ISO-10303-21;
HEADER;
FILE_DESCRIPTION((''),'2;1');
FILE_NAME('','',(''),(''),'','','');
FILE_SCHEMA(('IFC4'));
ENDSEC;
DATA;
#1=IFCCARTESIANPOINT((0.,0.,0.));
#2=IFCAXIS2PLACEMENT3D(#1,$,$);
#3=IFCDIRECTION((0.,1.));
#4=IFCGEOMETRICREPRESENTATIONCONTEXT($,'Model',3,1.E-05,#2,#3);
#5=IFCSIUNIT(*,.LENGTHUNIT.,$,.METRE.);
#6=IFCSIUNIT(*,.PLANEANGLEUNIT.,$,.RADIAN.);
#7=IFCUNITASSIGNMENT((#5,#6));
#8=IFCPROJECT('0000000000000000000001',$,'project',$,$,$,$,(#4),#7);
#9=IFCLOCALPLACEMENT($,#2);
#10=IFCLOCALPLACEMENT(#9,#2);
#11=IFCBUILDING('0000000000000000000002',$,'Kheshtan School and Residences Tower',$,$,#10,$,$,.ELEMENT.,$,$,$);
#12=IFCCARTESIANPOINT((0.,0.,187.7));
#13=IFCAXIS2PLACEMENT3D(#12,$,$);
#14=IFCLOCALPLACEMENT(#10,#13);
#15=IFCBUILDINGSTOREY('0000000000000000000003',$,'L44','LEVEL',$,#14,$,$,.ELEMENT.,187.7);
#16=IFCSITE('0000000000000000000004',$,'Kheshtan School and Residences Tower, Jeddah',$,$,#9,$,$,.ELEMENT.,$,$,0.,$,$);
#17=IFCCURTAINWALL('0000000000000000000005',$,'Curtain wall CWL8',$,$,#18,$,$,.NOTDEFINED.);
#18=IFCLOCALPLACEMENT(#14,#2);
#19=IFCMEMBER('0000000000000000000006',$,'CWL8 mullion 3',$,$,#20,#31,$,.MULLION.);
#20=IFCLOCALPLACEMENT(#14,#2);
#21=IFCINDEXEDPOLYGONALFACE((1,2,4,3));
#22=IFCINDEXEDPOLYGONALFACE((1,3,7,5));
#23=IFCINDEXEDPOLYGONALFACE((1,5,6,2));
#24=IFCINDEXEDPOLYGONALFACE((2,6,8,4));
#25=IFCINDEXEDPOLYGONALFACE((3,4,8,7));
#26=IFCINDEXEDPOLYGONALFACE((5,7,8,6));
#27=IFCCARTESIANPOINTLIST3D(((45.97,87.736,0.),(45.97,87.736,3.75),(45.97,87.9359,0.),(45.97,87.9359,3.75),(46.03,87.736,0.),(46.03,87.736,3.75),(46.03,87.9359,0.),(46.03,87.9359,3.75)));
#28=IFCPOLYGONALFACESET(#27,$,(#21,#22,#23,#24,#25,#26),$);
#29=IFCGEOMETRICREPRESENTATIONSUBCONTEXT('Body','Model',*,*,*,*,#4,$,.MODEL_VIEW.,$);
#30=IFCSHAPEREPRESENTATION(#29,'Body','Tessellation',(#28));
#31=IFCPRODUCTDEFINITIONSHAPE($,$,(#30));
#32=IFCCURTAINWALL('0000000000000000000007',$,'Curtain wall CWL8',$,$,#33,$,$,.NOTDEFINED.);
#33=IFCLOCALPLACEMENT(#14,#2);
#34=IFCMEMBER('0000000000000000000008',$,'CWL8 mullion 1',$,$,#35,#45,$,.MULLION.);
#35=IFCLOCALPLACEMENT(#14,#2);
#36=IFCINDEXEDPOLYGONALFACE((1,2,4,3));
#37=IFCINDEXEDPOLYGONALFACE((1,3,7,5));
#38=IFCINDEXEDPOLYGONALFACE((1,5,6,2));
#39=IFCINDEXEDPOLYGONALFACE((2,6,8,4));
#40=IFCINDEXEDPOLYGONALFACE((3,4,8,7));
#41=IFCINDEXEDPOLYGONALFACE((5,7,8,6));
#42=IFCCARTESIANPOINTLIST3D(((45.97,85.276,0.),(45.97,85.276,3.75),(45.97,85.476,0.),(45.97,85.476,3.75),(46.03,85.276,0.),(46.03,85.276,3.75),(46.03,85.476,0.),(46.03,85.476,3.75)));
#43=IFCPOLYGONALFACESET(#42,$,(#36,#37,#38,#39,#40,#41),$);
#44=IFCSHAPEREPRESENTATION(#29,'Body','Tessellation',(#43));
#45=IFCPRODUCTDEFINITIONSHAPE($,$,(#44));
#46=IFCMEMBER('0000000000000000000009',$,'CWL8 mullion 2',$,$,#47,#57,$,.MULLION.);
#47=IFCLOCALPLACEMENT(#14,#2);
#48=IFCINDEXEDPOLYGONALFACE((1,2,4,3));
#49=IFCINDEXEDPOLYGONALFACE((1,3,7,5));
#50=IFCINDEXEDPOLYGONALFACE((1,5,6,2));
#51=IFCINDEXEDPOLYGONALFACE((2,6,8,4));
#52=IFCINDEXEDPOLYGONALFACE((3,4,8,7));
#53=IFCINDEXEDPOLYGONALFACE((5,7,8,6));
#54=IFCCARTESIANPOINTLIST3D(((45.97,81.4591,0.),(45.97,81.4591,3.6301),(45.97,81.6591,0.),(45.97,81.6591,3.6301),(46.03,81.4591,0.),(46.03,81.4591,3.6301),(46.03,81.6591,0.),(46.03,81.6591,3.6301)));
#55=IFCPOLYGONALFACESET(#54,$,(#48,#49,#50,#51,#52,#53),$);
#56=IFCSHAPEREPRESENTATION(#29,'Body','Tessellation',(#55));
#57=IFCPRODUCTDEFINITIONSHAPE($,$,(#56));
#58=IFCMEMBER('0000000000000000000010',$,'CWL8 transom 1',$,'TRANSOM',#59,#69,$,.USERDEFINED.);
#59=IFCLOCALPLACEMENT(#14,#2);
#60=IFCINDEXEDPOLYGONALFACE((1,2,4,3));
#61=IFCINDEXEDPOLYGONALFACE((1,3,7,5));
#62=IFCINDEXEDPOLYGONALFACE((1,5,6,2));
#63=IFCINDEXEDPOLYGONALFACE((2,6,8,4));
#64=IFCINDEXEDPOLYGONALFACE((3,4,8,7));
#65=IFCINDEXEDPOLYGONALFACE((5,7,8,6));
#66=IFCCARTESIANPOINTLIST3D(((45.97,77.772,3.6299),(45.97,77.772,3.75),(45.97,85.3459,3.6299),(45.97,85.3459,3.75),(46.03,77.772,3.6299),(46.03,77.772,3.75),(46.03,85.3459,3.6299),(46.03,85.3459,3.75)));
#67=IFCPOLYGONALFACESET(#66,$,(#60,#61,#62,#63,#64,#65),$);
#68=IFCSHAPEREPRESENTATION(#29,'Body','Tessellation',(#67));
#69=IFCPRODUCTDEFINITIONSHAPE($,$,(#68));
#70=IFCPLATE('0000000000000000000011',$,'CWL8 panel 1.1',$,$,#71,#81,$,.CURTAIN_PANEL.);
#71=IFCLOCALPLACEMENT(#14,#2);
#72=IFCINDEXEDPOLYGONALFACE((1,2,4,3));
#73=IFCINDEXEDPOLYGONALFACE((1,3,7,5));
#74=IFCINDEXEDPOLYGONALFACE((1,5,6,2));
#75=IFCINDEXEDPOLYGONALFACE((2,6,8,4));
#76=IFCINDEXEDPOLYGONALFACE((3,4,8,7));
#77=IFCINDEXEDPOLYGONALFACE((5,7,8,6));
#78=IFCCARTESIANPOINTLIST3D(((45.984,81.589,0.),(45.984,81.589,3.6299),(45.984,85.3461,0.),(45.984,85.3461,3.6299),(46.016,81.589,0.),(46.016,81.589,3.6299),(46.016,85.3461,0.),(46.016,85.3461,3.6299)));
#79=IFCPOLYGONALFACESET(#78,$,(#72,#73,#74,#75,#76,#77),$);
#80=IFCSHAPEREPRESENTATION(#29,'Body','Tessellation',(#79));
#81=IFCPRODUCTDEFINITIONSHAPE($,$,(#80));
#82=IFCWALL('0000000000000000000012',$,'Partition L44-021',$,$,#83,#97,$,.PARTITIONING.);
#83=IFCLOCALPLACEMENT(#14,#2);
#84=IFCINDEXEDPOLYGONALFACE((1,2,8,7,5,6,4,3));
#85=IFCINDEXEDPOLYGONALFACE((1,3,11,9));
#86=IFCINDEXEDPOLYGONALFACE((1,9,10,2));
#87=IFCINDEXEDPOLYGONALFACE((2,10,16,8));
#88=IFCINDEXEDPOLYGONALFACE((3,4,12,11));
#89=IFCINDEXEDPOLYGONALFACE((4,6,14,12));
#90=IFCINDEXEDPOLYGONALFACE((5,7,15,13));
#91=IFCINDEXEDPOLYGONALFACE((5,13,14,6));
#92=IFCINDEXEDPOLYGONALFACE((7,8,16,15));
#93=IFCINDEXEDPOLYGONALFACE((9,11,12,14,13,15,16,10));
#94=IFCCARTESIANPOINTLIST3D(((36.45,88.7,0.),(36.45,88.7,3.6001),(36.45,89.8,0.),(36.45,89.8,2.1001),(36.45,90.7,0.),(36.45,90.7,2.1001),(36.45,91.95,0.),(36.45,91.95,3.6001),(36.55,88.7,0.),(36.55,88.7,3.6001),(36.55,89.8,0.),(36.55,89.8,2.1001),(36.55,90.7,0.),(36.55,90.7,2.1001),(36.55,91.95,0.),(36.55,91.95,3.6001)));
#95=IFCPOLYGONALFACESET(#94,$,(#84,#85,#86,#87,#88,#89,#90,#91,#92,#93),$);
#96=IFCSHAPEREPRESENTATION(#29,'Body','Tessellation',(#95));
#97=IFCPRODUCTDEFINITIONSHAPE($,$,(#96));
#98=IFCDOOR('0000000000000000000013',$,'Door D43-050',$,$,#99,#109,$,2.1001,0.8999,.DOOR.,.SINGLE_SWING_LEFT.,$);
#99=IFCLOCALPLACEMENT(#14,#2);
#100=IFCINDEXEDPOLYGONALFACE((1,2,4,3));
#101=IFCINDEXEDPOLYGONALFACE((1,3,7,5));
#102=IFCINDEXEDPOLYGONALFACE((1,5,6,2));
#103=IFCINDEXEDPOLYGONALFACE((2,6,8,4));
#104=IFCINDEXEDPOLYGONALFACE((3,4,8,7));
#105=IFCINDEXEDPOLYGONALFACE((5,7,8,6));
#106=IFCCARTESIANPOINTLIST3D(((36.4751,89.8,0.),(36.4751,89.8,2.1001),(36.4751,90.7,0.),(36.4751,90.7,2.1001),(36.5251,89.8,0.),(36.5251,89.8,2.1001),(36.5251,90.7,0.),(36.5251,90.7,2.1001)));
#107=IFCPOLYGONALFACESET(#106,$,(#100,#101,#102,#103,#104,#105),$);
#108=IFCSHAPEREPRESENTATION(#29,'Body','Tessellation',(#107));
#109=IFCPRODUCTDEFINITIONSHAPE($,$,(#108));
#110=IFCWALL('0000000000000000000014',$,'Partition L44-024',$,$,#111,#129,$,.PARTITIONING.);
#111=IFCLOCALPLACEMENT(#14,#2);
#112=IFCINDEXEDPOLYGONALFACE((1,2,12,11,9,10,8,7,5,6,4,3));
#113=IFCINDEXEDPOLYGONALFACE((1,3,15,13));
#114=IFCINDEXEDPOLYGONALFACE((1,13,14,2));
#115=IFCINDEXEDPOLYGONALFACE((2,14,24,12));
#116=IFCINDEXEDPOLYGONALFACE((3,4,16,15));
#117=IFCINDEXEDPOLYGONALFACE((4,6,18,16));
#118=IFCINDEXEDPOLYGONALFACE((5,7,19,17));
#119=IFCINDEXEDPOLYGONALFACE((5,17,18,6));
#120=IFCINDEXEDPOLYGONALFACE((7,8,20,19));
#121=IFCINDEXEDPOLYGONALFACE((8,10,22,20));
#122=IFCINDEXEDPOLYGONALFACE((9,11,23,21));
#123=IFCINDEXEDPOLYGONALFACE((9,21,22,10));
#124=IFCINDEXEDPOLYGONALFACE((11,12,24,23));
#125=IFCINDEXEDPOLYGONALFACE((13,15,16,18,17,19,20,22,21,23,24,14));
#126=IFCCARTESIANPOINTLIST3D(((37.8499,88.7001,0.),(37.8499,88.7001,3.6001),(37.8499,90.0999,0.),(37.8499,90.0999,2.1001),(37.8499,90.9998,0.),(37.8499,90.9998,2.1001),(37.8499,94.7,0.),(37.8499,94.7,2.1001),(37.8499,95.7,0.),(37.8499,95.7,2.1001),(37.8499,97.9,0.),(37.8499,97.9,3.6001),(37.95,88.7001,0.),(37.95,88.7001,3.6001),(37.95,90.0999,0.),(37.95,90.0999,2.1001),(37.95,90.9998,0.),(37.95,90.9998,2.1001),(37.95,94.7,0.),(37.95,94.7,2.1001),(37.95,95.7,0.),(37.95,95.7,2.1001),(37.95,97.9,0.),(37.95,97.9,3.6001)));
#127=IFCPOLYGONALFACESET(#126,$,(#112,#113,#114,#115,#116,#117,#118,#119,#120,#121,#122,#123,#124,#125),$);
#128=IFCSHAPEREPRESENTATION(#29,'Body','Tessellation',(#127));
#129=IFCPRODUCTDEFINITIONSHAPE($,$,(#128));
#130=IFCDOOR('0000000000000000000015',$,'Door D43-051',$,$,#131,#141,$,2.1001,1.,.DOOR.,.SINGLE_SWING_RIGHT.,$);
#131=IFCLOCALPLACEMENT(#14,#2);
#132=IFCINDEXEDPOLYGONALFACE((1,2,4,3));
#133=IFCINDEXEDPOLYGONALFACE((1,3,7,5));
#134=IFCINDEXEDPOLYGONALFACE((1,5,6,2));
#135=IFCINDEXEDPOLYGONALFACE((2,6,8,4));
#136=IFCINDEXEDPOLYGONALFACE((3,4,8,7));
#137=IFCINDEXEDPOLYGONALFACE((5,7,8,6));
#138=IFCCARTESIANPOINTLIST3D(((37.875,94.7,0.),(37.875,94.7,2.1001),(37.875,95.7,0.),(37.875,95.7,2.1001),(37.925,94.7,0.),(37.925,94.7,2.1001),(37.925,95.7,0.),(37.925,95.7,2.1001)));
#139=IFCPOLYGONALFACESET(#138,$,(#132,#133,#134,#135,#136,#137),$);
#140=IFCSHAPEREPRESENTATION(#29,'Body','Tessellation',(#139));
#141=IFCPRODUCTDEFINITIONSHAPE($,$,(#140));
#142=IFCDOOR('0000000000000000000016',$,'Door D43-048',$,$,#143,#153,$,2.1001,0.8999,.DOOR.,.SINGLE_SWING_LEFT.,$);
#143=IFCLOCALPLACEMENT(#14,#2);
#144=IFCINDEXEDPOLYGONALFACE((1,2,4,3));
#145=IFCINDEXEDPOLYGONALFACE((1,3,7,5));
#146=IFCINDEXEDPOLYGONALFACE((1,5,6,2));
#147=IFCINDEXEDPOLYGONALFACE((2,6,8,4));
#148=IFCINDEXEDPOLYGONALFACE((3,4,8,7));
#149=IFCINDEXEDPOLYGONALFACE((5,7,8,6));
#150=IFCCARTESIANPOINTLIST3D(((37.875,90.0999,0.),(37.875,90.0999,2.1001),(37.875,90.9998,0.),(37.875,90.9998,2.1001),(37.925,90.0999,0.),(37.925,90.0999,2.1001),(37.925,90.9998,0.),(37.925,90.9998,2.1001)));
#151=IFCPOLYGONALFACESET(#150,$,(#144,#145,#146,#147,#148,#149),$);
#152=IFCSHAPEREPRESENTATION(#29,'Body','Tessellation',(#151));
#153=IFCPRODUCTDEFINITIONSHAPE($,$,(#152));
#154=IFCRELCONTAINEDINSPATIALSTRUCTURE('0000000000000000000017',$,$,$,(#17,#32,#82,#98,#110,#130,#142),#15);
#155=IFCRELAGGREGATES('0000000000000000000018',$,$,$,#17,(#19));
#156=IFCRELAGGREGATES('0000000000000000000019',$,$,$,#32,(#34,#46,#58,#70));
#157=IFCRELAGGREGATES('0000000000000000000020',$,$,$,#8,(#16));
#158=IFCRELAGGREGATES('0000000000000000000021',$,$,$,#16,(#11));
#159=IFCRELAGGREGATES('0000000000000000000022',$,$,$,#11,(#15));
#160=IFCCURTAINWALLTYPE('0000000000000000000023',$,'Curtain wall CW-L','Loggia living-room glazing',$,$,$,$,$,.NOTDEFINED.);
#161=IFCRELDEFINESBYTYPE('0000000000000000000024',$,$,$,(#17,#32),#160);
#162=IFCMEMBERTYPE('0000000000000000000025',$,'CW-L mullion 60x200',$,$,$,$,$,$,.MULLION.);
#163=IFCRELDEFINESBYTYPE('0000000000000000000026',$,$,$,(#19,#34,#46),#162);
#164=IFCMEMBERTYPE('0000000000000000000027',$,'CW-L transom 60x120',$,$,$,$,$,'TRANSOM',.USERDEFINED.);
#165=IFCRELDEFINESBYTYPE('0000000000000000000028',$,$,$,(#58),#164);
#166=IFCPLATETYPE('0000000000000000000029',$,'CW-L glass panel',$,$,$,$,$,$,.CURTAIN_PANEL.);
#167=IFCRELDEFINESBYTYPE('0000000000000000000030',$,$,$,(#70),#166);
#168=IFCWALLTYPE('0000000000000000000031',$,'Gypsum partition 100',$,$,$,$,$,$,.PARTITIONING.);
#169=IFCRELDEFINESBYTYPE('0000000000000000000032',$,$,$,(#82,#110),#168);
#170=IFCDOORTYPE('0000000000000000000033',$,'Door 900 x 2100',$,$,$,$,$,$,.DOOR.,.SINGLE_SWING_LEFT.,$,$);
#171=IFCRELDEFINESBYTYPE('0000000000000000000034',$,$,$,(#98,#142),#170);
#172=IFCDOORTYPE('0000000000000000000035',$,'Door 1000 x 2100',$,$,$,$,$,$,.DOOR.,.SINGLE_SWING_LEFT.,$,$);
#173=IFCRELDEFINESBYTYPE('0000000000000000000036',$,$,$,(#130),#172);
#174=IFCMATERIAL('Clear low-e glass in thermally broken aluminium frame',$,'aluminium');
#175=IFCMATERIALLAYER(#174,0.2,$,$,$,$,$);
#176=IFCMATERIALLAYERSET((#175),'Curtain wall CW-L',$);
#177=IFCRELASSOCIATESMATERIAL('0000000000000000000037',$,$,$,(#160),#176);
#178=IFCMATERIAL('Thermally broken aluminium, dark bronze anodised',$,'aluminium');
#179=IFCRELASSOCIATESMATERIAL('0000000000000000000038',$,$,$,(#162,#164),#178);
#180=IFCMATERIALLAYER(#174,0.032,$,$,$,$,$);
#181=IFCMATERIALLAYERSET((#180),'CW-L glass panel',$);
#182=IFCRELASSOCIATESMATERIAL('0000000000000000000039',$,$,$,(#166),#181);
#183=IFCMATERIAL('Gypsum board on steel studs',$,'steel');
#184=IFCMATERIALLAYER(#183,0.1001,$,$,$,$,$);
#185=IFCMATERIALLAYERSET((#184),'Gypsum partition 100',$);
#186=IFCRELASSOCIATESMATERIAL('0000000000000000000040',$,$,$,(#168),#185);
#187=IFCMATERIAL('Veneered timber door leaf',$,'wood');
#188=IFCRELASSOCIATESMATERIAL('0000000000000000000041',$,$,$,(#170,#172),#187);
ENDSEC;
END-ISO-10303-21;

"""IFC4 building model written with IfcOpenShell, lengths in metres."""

from ifc_helpers import new_model, si_unit, direction, frame, frame_2d, origin, origin_2d, place, context, subcontext, project, spatial, rectangle, extrude, source, transform, mapped, material, layer, layer_set, material_profile, profile_set, type_object, element, fill, aggregate, save


model = new_model("IFC4")

# Units and contexts
model_context = context("Model", 3, precision=1e-05, world=origin(), true_north=direction((0.0, 1.0)))
body_context = subcontext(model_context, "Body", "Model", "MODEL_VIEW")
ifc_project = project(units=[si_unit("LENGTHUNIT", "METRE"), si_unit("PLANEANGLEUNIT", "RADIAN")], contexts=[model_context])

# Site, building, storey
site_placement = place(None, origin())
site = spatial("IfcSite", under=ifc_project, at=site_placement, Name="Kheshtan School and Residences Tower, Jeddah", CompositionType="ELEMENT", RefElevation=0.0)
building_placement = place(site_placement, origin())
building = spatial("IfcBuilding", under=site, at=building_placement, Name="Kheshtan School and Residences Tower", CompositionType="ELEMENT")
storey_placement = place(building_placement, frame((0.0, 0.0, 187.7)))
storey = spatial("IfcBuildingStorey", under=building, at=storey_placement, Name="L44", Description="LEVEL", CompositionType="ELEMENT", Elevation=187.7)

# Curtain wall, member
ifc_material_1 = material(Name="Clear low-e glass in thermally broken aluminium frame", Category="aluminium")
ifc_layer_1 = layer(ifc_material_1, 0.2)
ifc_layer_set_1 = layer_set([ifc_layer_1], Name="Curtain wall CW-L")
curtain_wall_type = type_object("IfcCurtainWallType", Name="Curtain wall CW-L", Description="Loggia living-room glazing", PredefinedType="NOTDEFINED", material=ifc_layer_set_1)
curtain_wall_1_placement = place(storey_placement, origin())
curtain_wall_1 = element("IfcCurtainWall", 1, at=curtain_wall_1_placement, inside=storey, type_object=curtain_wall_type, Name="Curtain wall CWL8", PredefinedType="NOTDEFINED")
ifc_material_2 = material(Name="Thermally broken aluminium, dark bronze anodised", Category="aluminium")
ifc_material_profile_1 = material_profile(ifc_material_2, rectangle(XDim=0.0601, YDim=0.2, at=origin_2d()), Name="CW-L mullion 60x200")
ifc_profile_set_1 = profile_set([ifc_material_profile_1], Name="Thermally broken aluminium, dark bronze anodised")
member_type_1 = type_object("IfcMemberType", Name="CW-L mullion 60x200", PredefinedType="MULLION", material=ifc_profile_set_1)
member_1_placement = place(storey_placement, frame((46.0, 87.8359, 0.0), z_axis=(0.0, 0.0, 1.0), x_axis=(1.0, 0.0, 0.0)))
member_1 = element("IfcMember", 2, at=member_1_placement, type_object=member_type_1, Name="CWL8 mullion 3", PredefinedType="MULLION", context=body_context, shape_type="SweptSolid", body=[
    extrude(rectangle(XDim=0.0601, YDim=0.2, at=origin_2d()), origin(), (0.0, 0.0, 1.0), 3.75),
])
aggregate(curtain_wall_1, [member_1])

# Curtain wall, members, plate
curtain_wall_2_placement = place(storey_placement, origin())
curtain_wall_2 = element("IfcCurtainWall", 3, at=curtain_wall_2_placement, inside=storey, type_object=curtain_wall_type, Name="Curtain wall CWL8", PredefinedType="NOTDEFINED")
member_2_placement = place(storey_placement, frame((46.0, 85.376, 0.0), z_axis=(0.0, 0.0, 1.0), x_axis=(1.0, 0.0, 0.0)))
member_2 = element("IfcMember", 4, at=member_2_placement, type_object=member_type_1, Name="CWL8 mullion 1", PredefinedType="MULLION", context=body_context, shape_type="SweptSolid", body=[
    extrude(rectangle(XDim=0.0601, YDim=0.2, at=origin_2d()), origin(), (0.0, 0.0, 1.0), 3.75),
])
member_3_placement = place(storey_placement, frame((46.0, 81.5591, 0.0), z_axis=(0.0, 0.0, 1.0), x_axis=(1.0, 0.0, 0.0)))
member_3 = element("IfcMember", 5, at=member_3_placement, type_object=member_type_1, Name="CWL8 mullion 2", PredefinedType="MULLION", context=body_context, shape_type="SweptSolid", body=[
    extrude(rectangle(XDim=0.0601, YDim=0.2, at=origin_2d()), origin(), (0.0, 0.0, 1.0), 3.6301),
])
ifc_material_profile_2 = material_profile(ifc_material_2, rectangle(XDim=0.0601, YDim=0.1201, at=origin_2d()), Name="CW-L transom 60x120")
ifc_profile_set_2 = profile_set([ifc_material_profile_2], Name="Thermally broken aluminium, dark bronze anodised")
member_type_2 = type_object("IfcMemberType", Name="CW-L transom 60x120", ElementType="TRANSOM", PredefinedType="USERDEFINED", material=ifc_profile_set_2)
member_4_placement = place(storey_placement, frame((46.0, 85.3459, 3.6899), z_axis=(0.0, -1.0, 0.0), x_axis=(1.0, 0.0, 0.0)))
member_4 = element("IfcMember", 6, at=member_4_placement, type_object=member_type_2, Name="CWL8 transom 1", ObjectType="TRANSOM", PredefinedType="USERDEFINED", context=body_context, shape_type="SweptSolid", body=[
    extrude(rectangle(XDim=0.0601, YDim=0.1201, at=origin_2d()), origin(), (0.0, 0.0, 1.0), 7.574),
])
ifc_layer_2 = layer(ifc_material_1, 0.032)
ifc_layer_set_2 = layer_set([ifc_layer_2], Name="CW-L glass panel")
plate_type = type_object("IfcPlateType", Name="CW-L glass panel", PredefinedType="CURTAIN_PANEL", material=ifc_layer_set_2)
plate_placement = place(storey_placement, frame((46.0, 83.4675, 0.0), z_axis=(0.0, 0.0, 1.0), x_axis=(0.0, -1.0, 0.0)))
plate = element("IfcPlate", 7, at=plate_placement, type_object=plate_type, Name="CWL8 panel 1.1", PredefinedType="CURTAIN_PANEL", context=body_context, shape_type="SweptSolid", body=[
    extrude(rectangle(XDim=3.7571, YDim=0.032, at=origin_2d()), origin(), (0.0, 0.0, 1.0), 3.6299),
])
aggregate(curtain_wall_2, [member_2, member_3, member_4, plate])

# Wall, opening, door
ifc_material_3 = material(Name="Gypsum board on steel studs", Category="steel")
ifc_layer_3 = layer(ifc_material_3, 0.1001)
ifc_layer_set_3 = layer_set([ifc_layer_3], Name="Gypsum partition 100")
wall_type_1 = type_object("IfcWallType", Name="Gypsum partition 100", PredefinedType="PARTITIONING", material=ifc_layer_set_3)
wall_1_placement = place(storey_placement, frame((36.5, 88.7, 0.0), z_axis=(0.0, 0.0, 1.0), x_axis=(0.0, 1.0, 0.0)))
wall_1 = element("IfcWall", 8, at=wall_1_placement, inside=storey, type_object=wall_type_1, Name="Partition L44-021", PredefinedType="PARTITIONING", context=body_context, shape_type="SweptSolid", body=[
    extrude(rectangle(XDim=3.25, YDim=0.1001, at=frame_2d((1.625, 0.0))), origin(), (0.0, 0.0, 1.0), 3.6001),
])
opening_1_placement = place(wall_1_placement, frame((1.1001, 0.0, 0.0)))
opening_1 = element("IfcOpeningElement", 9, at=opening_1_placement, cuts=wall_1, PredefinedType="OPENING", context=body_context, shape_type="SweptSolid", body=[
    extrude(rectangle(XDim=0.8999, YDim=2.1001, at=frame_2d((0.45, 1.05))), frame((0.0, 0.0601, 0.0), z_axis=(0.0, -1.0, 0.0), x_axis=(1.0, 0.0, 0.0)), (0.0, 0.0, 1.0), 0.1201),
])
ifc_material_4 = material(Name="Veneered timber door leaf", Category="wood")
door_type_1 = type_object("IfcDoorType", Name="Door 900 x 2100", OperationType="SINGLE_SWING_LEFT", PredefinedType="DOOR", material=ifc_material_4)
shared_shape_1 = source(origin(), body_context, "Body", "SweptSolid", [
    extrude(rectangle(XDim=0.8999, YDim=2.1001, at=frame_2d((0.45, 1.05))), frame((0.0, 0.0249, 0.0), z_axis=(0.0, -1.0, 0.0), x_axis=(1.0, 0.0, 0.0)), (0.0, 0.0, 1.0), 0.05),
])
door_1_placement = place(opening_1_placement, origin())
door_1 = element("IfcDoor", 10, at=door_1_placement, inside=storey, type_object=door_type_1, Name="Door D43-050", OperationType="SINGLE_SWING_LEFT", OverallHeight=2.1001, OverallWidth=0.8999, PredefinedType="DOOR", context=body_context, shape_type="MappedRepresentation", body=[
    mapped(shared_shape_1, transform((0.0, 0.0, 0.0), x_axis=(1.0, 0.0, 0.0), y_axis=(0.0, 1.0, 0.0), z_axis=(0.0, 0.0, 1.0), scale=1.0)),
])
fill(opening_1, door_1)

# Wall, openings, doors
wall_2_placement = place(storey_placement, frame((37.8999, 88.7, 0.0), z_axis=(0.0, 0.0, 1.0), x_axis=(0.0, 1.0, 0.0)))
wall_2 = element("IfcWall", 11, at=wall_2_placement, inside=storey, type_object=wall_type_1, Name="Partition L44-024", PredefinedType="PARTITIONING", context=body_context, shape_type="SweptSolid", body=[
    extrude(rectangle(XDim=9.2, YDim=0.1001, at=frame_2d((4.6001, 0.0))), origin(), (0.0, 0.0, 1.0), 3.6001),
])
opening_2_placement = place(wall_2_placement, frame((1.3999, 0.0, 0.0)))
opening_2 = element("IfcOpeningElement", 12, at=opening_2_placement, cuts=wall_2, PredefinedType="OPENING", context=body_context, shape_type="SweptSolid", body=[
    extrude(rectangle(XDim=0.8999, YDim=2.1001, at=frame_2d((0.45, 1.05))), frame((0.0, 0.0601, 0.0), z_axis=(0.0, -1.0, 0.0), x_axis=(1.0, 0.0, 0.0)), (0.0, 0.0, 1.0), 0.1201),
])
opening_3_placement = place(wall_2_placement, frame((6.0, 0.0, 0.0)))
opening_3 = element("IfcOpeningElement", 13, at=opening_3_placement, cuts=wall_2, PredefinedType="OPENING", context=body_context, shape_type="SweptSolid", body=[
    extrude(rectangle(XDim=1.0, YDim=2.1001, at=frame_2d((0.5, 1.05))), frame((0.0, 0.0601, 0.0), z_axis=(0.0, -1.0, 0.0), x_axis=(1.0, 0.0, 0.0)), (0.0, 0.0, 1.0), 0.1201),
])
door_type_2 = type_object("IfcDoorType", Name="Door 1000 x 2100", OperationType="SINGLE_SWING_LEFT", PredefinedType="DOOR", material=ifc_material_4)
shared_shape_2 = source(origin(), body_context, "Body", "SweptSolid", [
    extrude(rectangle(XDim=1.0, YDim=2.1001, at=frame_2d((0.5, 1.05))), frame((0.0, 0.0249, 0.0), z_axis=(0.0, -1.0, 0.0), x_axis=(1.0, 0.0, 0.0)), (0.0, 0.0, 1.0), 0.05),
])
door_2_placement = place(opening_3_placement, origin())
door_2 = element("IfcDoor", 14, at=door_2_placement, inside=storey, type_object=door_type_2, Name="Door D43-051", OperationType="SINGLE_SWING_RIGHT", OverallHeight=2.1001, OverallWidth=1.0, PredefinedType="DOOR", context=body_context, shape_type="MappedRepresentation", body=[
    mapped(shared_shape_2, transform((0.0, 0.0, 0.0), x_axis=(1.0, 0.0, 0.0), y_axis=(0.0, 1.0, 0.0), z_axis=(0.0, 0.0, 1.0), scale=1.0)),
])
fill(opening_3, door_2)
door_3_placement = place(opening_2_placement, origin())
door_3 = element("IfcDoor", 15, at=door_3_placement, inside=storey, type_object=door_type_1, Name="Door D43-048", OperationType="SINGLE_SWING_LEFT", OverallHeight=2.1001, OverallWidth=0.8999, PredefinedType="DOOR", context=body_context, shape_type="MappedRepresentation", body=[
    mapped(shared_shape_1, transform((0.0, 0.0, 0.0), x_axis=(1.0, 0.0, 0.0), y_axis=(0.0, 1.0, 0.0), z_axis=(0.0, 0.0, 1.0), scale=1.0)),
])
fill(opening_2, door_3)

save(model, "model.ifc")
